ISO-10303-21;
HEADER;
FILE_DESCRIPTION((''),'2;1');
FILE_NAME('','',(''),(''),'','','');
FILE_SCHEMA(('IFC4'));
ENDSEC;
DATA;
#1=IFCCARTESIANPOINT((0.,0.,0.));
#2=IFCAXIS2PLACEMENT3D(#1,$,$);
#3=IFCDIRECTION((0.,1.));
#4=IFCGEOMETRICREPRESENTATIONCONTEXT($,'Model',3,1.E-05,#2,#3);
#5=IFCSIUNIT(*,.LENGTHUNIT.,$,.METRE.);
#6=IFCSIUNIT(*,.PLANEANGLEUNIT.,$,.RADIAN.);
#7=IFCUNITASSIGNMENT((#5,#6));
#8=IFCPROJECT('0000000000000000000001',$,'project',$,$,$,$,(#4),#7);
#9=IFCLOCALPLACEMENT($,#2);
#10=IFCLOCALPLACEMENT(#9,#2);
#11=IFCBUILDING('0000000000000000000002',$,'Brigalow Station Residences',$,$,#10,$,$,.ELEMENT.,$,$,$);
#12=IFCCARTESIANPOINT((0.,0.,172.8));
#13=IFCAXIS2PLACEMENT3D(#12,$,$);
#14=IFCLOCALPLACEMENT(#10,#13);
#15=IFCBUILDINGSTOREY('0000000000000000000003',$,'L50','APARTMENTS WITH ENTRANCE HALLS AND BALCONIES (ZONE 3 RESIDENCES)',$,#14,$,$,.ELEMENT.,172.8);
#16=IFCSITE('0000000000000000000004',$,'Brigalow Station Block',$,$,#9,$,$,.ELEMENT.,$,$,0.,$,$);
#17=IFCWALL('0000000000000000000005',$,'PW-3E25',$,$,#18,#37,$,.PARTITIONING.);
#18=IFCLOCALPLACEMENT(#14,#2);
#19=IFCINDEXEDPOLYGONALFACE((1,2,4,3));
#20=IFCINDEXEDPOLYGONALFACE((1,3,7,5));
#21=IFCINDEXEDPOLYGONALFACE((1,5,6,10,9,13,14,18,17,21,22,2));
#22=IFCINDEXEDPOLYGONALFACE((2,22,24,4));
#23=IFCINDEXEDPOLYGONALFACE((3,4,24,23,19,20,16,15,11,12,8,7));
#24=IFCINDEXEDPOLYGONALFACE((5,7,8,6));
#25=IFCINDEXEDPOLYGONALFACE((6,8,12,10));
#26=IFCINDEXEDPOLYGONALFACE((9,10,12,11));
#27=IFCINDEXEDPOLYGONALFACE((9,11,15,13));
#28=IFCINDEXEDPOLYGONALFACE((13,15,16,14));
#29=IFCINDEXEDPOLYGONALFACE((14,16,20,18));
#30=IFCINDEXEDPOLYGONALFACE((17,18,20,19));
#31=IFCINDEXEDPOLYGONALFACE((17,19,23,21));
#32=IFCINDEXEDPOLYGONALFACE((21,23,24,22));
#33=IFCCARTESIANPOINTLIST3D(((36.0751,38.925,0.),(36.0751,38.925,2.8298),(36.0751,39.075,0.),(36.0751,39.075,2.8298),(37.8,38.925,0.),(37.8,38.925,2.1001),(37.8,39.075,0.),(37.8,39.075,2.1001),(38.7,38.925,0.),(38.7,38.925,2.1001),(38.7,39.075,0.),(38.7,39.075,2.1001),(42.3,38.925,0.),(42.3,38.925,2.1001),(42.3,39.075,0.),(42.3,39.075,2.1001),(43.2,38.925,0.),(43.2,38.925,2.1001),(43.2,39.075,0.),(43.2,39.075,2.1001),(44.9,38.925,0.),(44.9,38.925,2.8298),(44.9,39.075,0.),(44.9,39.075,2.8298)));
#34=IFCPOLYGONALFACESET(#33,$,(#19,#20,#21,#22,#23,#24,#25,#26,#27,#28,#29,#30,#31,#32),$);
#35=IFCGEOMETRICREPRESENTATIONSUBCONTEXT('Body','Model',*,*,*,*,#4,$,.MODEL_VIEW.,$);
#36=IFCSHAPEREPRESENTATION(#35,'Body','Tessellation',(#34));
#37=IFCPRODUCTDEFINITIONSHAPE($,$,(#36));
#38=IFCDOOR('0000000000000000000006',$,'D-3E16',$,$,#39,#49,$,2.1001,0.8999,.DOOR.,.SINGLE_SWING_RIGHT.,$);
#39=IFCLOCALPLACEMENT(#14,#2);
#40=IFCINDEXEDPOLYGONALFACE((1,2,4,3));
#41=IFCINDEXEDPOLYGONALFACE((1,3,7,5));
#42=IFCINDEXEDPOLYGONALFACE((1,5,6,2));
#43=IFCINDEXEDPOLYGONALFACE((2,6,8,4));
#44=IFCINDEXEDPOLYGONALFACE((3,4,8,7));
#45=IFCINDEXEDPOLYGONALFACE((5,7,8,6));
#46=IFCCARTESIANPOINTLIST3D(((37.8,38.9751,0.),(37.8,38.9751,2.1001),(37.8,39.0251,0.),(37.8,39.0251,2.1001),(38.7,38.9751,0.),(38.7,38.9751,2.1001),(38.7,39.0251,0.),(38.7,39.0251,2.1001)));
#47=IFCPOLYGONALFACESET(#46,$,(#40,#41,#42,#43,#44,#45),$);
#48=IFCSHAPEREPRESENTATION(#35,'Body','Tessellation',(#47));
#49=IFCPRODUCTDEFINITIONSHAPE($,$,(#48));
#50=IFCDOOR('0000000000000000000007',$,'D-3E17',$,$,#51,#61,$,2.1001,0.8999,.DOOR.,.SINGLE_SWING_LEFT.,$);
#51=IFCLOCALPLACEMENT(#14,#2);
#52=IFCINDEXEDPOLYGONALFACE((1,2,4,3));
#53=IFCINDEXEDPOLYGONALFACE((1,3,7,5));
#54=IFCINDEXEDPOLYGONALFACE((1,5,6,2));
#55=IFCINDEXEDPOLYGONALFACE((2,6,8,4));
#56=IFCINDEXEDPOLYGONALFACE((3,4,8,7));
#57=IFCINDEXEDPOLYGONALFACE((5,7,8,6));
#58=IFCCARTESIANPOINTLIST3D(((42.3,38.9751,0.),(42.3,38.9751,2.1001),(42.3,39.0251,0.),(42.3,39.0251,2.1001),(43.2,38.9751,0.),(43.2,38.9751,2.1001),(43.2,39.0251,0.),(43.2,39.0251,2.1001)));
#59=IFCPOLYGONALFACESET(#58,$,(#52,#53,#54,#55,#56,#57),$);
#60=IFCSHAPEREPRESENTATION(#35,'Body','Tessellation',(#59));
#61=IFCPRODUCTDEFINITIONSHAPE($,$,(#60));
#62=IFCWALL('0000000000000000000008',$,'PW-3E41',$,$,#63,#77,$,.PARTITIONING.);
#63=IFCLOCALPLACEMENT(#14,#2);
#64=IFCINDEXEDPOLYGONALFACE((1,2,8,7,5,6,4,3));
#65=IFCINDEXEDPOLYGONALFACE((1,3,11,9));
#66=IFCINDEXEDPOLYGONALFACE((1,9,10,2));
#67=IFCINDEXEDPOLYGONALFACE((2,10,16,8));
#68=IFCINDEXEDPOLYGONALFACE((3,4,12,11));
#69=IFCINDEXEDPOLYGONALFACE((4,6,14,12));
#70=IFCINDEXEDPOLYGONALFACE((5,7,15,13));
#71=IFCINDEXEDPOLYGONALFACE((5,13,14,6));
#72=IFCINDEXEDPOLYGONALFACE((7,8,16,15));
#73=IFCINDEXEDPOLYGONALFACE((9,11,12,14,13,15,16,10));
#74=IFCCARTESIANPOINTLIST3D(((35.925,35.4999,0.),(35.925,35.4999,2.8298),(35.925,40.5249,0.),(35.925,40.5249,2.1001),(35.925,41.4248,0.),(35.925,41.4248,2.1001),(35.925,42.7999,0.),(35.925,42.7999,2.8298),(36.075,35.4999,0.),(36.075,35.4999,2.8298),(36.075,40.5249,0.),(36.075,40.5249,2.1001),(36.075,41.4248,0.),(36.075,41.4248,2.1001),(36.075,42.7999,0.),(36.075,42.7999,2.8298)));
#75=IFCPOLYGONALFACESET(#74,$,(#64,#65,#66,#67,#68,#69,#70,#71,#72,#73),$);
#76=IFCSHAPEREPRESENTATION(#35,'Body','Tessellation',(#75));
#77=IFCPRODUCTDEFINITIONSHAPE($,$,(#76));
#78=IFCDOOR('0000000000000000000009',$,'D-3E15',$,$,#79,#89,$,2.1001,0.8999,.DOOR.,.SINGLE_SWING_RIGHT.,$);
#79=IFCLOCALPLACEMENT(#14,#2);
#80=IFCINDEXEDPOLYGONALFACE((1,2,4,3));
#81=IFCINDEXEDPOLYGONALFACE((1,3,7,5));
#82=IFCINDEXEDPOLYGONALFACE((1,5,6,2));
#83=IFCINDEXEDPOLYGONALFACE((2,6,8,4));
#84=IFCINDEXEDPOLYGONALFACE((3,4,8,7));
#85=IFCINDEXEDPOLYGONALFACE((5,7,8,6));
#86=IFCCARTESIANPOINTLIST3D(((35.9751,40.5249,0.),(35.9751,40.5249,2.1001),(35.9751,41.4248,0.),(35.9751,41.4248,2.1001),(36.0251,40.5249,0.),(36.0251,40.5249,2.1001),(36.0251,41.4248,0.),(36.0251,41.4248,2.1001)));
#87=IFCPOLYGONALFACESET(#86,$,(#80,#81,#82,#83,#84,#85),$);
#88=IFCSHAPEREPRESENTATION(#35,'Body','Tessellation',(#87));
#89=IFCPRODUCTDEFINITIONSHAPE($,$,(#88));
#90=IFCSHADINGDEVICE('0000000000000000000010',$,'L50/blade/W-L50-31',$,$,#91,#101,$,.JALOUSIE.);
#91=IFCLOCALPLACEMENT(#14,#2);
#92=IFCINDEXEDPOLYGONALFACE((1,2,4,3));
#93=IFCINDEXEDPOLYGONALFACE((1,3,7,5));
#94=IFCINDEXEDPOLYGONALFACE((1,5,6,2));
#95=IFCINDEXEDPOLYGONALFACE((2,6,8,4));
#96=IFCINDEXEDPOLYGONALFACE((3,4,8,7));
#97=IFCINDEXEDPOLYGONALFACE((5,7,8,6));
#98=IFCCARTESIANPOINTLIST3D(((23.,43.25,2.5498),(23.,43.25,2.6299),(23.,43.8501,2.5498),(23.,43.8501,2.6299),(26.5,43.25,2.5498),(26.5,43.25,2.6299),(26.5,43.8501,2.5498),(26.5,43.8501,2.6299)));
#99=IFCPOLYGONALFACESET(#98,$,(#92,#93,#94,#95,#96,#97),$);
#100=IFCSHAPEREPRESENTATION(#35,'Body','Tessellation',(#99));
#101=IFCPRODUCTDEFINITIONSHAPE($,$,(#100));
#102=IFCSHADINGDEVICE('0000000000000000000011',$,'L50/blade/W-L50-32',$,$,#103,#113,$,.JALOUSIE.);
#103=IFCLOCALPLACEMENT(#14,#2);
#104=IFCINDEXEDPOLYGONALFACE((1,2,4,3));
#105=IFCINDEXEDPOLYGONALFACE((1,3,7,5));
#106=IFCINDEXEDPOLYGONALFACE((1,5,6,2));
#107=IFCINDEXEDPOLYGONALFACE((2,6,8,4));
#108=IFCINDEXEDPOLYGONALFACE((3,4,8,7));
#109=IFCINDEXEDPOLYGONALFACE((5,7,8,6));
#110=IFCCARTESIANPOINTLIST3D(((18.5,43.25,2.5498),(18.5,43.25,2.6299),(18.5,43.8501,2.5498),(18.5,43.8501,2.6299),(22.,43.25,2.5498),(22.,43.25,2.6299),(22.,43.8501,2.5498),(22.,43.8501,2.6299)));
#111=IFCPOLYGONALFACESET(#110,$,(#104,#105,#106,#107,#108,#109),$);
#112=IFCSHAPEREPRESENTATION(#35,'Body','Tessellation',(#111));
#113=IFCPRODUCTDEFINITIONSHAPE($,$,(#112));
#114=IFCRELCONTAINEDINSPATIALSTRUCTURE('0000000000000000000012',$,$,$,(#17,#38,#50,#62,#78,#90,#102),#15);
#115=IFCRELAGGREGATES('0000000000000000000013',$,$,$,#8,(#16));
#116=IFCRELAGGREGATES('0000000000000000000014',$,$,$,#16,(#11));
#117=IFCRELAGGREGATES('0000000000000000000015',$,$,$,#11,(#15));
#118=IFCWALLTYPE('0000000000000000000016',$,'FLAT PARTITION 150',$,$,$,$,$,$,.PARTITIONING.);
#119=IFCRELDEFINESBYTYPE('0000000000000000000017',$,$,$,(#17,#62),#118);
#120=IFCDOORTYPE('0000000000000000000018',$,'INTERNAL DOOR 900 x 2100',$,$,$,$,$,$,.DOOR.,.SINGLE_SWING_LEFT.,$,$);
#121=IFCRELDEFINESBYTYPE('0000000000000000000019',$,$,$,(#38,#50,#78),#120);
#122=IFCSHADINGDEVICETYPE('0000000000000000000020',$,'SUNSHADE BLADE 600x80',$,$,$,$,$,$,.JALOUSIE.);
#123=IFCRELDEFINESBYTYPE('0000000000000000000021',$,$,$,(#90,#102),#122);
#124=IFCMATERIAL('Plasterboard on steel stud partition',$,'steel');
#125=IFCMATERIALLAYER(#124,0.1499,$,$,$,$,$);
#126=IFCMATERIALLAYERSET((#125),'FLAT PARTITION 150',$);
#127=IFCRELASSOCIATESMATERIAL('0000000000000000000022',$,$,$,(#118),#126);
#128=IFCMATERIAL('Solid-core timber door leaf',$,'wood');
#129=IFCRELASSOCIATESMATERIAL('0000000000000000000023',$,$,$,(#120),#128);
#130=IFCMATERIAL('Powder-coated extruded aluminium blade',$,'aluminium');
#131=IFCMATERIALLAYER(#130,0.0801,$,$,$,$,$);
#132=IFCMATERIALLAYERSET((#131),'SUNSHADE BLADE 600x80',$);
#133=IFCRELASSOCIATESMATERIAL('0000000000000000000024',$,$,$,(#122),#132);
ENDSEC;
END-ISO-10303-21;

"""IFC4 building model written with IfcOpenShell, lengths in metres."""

from ifc_helpers import new_model, si_unit, direction, frame, frame_2d, origin, origin_2d, place, context, subcontext, project, spatial, rectangle, extrude, material, layer, layer_set, type_object, element, fill, save


model = new_model("IFC4")

# Units and contexts
model_context = context("Model", 3, precision=1e-05, world=origin(), true_north=direction((0.0, 1.0)))
body_context = subcontext(model_context, "Body", "Model", "MODEL_VIEW")
ifc_project = project(units=[si_unit("LENGTHUNIT", "METRE"), si_unit("PLANEANGLEUNIT", "RADIAN")], contexts=[model_context])

# Site, building, storey
site_placement = place(None, origin())
site = spatial("IfcSite", under=ifc_project, at=site_placement, Name="Brigalow Station Block", CompositionType="ELEMENT", RefElevation=0.0)
building_placement = place(site_placement, origin())
building = spatial("IfcBuilding", under=site, at=building_placement, Name="Brigalow Station Residences", CompositionType="ELEMENT")
storey_placement = place(building_placement, frame((0.0, 0.0, 172.8)))
storey = spatial("IfcBuildingStorey", under=building, at=storey_placement, Name="L50", Description="APARTMENTS WITH ENTRANCE HALLS AND BALCONIES (ZONE 3 RESIDENCES)", CompositionType="ELEMENT", Elevation=172.8)

# Wall, openings, doors
ifc_material_1 = material(Name="Plasterboard on steel stud partition", Category="steel")
ifc_layer_1 = layer(ifc_material_1, 0.1499)
ifc_layer_set_1 = layer_set([ifc_layer_1], Name="FLAT PARTITION 150")
wall_type_1 = type_object("IfcWallType", Name="FLAT PARTITION 150", PredefinedType="PARTITIONING", material=ifc_layer_set_1)
wall_1_placement = place(storey_placement, frame((36.075, 39.0, 0.0), z_axis=(0.0, 0.0, 1.0), x_axis=(1.0, 0.0, 0.0)))
wall_1 = element("IfcWall", 1, at=wall_1_placement, inside=storey, type_object=wall_type_1, Name="PW-3E25", PredefinedType="PARTITIONING", context=body_context, shape_type="SweptSolid", body=[
    extrude(rectangle(XDim=8.825, YDim=0.1499, at=frame_2d((4.4126, 0.0))), origin(), (0.0, 0.0, 1.0), 2.8298),
])
opening_1_placement = place(wall_1_placement, frame((1.7251, 0.0, 0.0)))
opening_1 = element("IfcOpeningElement", 2, at=opening_1_placement, cuts=wall_1, PredefinedType="OPENING", context=body_context, shape_type="SweptSolid", body=[
    extrude(rectangle(XDim=0.8999, YDim=2.1001, at=frame_2d((0.45, 1.05))), frame((0.0, 0.085, 0.0), z_axis=(0.0, -1.0, 0.0), x_axis=(1.0, 0.0, 0.0)), (0.0, 0.0, 1.0), 0.1699),
])
opening_2_placement = place(wall_1_placement, frame((6.2251, 0.0, 0.0)))
opening_2 = element("IfcOpeningElement", 3, at=opening_2_placement, cuts=wall_1, PredefinedType="OPENING", context=body_context, shape_type="SweptSolid", body=[
    extrude(rectangle(XDim=0.8999, YDim=2.1001, at=frame_2d((0.45, 1.05))), frame((0.0, 0.085, 0.0), z_axis=(0.0, -1.0, 0.0), x_axis=(1.0, 0.0, 0.0)), (0.0, 0.0, 1.0), 0.1699),
])
ifc_material_2 = material(Name="Solid-core timber door leaf", Category="wood")
door_type_1 = type_object("IfcDoorType", Name="INTERNAL DOOR 900 x 2100", OperationType="SINGLE_SWING_LEFT", PredefinedType="DOOR", material=ifc_material_2)
door_1_placement = place(opening_1_placement, frame((0.8999, 0.0, 0.0), z_axis=(0.0, 0.0, 1.0), x_axis=(-1.0, 0.0, 0.0)))
door_1 = element("IfcDoor", 4, at=door_1_placement, inside=storey, type_object=door_type_1, Name="D-3E16", OperationType="SINGLE_SWING_RIGHT", OverallHeight=2.1001, OverallWidth=0.8999, PredefinedType="DOOR", context=body_context, shape_type="SweptSolid", body=[
    extrude(rectangle(XDim=0.8999, YDim=2.1001, at=frame_2d((0.45, 1.05))), frame((0.0, 0.0249, 0.0), z_axis=(0.0, -1.0, 0.0), x_axis=(1.0, 0.0, 0.0)), (0.0, 0.0, 1.0), 0.05),
])
fill(opening_1, door_1)
door_2_placement = place(opening_2_placement, frame((0.8999, 0.0, 0.0), z_axis=(0.0, 0.0, 1.0), x_axis=(-1.0, 0.0, 0.0)))
door_2 = element("IfcDoor", 5, at=door_2_placement, inside=storey, type_object=door_type_1, Name="D-3E17", OperationType="SINGLE_SWING_LEFT", OverallHeight=2.1001, OverallWidth=0.8999, PredefinedType="DOOR", context=body_context, shape_type="SweptSolid", body=[
    extrude(rectangle(XDim=0.8999, YDim=2.1001, at=frame_2d((0.45, 1.05))), frame((0.0, 0.0249, 0.0), z_axis=(0.0, -1.0, 0.0), x_axis=(1.0, 0.0, 0.0)), (0.0, 0.0, 1.0), 0.05),
])
fill(opening_2, door_2)

# Wall, opening, door
wall_2_placement = place(storey_placement, frame((36.0, 35.5, 0.0), z_axis=(0.0, 0.0, 1.0), x_axis=(0.0, 1.0, 0.0)))
wall_2 = element("IfcWall", 6, at=wall_2_placement, inside=storey, type_object=wall_type_1, Name="PW-3E41", PredefinedType="PARTITIONING", context=body_context, shape_type="SweptSolid", body=[
    extrude(rectangle(XDim=7.3, YDim=0.1499, at=frame_2d((3.6499, 0.0))), origin(), (0.0, 0.0, 1.0), 2.8298),
])
opening_3_placement = place(wall_2_placement, frame((5.0249, 0.0, 0.0)))
opening_3 = element("IfcOpeningElement", 7, at=opening_3_placement, cuts=wall_2, PredefinedType="OPENING", context=body_context, shape_type="SweptSolid", body=[
    extrude(rectangle(XDim=0.8999, YDim=2.1001, at=frame_2d((0.45, 1.05))), frame((0.0, 0.085, 0.0), z_axis=(0.0, -1.0, 0.0), x_axis=(1.0, 0.0, 0.0)), (0.0, 0.0, 1.0), 0.1699),
])
door_3_placement = place(opening_3_placement, origin())
door_3 = element("IfcDoor", 8, at=door_3_placement, inside=storey, type_object=door_type_1, Name="D-3E15", OperationType="SINGLE_SWING_RIGHT", OverallHeight=2.1001, OverallWidth=0.8999, PredefinedType="DOOR", context=body_context, shape_type="SweptSolid", body=[
    extrude(rectangle(XDim=0.8999, YDim=2.1001, at=frame_2d((0.45, 1.05))), frame((0.0, 0.0249, 0.0), z_axis=(0.0, -1.0, 0.0), x_axis=(1.0, 0.0, 0.0)), (0.0, 0.0, 1.0), 0.05),
])
fill(opening_3, door_3)

# Shading devices
ifc_material_3 = material(Name="Powder-coated extruded aluminium blade", Category="aluminium")
ifc_layer_2 = layer(ifc_material_3, 0.0801)
ifc_layer_set_2 = layer_set([ifc_layer_2], Name="SUNSHADE BLADE 600x80")
shading_device_type = type_object("IfcShadingDeviceType", Name="SUNSHADE BLADE 600x80", PredefinedType="JALOUSIE", material=ifc_layer_set_2)
for number, where, z_axis, x_axis, name in (
    (9, (24.75, 43.55, 2.5498), (0.0, 0.0, 1.0), (-1.0, 0.0, 0.0), "L50/blade/W-L50-31"),
    (10, (20.25, 43.55, 2.5498), (0.0, 0.0, 1.0), (-1.0, 0.0, 0.0), "L50/blade/W-L50-32"),
):
    element("IfcShadingDevice", number, at=place(storey_placement, frame(where, z_axis=z_axis, x_axis=x_axis)), inside=storey, type_object=shading_device_type, Name=name, PredefinedType="JALOUSIE", context=body_context, shape_type="SweptSolid", body=[
        extrude(rectangle(XDim=3.5, YDim=0.6001, at=origin_2d()), origin(), (0.0, 0.0, 1.0), 0.0801),
    ])

save(model, "model.ifc")
